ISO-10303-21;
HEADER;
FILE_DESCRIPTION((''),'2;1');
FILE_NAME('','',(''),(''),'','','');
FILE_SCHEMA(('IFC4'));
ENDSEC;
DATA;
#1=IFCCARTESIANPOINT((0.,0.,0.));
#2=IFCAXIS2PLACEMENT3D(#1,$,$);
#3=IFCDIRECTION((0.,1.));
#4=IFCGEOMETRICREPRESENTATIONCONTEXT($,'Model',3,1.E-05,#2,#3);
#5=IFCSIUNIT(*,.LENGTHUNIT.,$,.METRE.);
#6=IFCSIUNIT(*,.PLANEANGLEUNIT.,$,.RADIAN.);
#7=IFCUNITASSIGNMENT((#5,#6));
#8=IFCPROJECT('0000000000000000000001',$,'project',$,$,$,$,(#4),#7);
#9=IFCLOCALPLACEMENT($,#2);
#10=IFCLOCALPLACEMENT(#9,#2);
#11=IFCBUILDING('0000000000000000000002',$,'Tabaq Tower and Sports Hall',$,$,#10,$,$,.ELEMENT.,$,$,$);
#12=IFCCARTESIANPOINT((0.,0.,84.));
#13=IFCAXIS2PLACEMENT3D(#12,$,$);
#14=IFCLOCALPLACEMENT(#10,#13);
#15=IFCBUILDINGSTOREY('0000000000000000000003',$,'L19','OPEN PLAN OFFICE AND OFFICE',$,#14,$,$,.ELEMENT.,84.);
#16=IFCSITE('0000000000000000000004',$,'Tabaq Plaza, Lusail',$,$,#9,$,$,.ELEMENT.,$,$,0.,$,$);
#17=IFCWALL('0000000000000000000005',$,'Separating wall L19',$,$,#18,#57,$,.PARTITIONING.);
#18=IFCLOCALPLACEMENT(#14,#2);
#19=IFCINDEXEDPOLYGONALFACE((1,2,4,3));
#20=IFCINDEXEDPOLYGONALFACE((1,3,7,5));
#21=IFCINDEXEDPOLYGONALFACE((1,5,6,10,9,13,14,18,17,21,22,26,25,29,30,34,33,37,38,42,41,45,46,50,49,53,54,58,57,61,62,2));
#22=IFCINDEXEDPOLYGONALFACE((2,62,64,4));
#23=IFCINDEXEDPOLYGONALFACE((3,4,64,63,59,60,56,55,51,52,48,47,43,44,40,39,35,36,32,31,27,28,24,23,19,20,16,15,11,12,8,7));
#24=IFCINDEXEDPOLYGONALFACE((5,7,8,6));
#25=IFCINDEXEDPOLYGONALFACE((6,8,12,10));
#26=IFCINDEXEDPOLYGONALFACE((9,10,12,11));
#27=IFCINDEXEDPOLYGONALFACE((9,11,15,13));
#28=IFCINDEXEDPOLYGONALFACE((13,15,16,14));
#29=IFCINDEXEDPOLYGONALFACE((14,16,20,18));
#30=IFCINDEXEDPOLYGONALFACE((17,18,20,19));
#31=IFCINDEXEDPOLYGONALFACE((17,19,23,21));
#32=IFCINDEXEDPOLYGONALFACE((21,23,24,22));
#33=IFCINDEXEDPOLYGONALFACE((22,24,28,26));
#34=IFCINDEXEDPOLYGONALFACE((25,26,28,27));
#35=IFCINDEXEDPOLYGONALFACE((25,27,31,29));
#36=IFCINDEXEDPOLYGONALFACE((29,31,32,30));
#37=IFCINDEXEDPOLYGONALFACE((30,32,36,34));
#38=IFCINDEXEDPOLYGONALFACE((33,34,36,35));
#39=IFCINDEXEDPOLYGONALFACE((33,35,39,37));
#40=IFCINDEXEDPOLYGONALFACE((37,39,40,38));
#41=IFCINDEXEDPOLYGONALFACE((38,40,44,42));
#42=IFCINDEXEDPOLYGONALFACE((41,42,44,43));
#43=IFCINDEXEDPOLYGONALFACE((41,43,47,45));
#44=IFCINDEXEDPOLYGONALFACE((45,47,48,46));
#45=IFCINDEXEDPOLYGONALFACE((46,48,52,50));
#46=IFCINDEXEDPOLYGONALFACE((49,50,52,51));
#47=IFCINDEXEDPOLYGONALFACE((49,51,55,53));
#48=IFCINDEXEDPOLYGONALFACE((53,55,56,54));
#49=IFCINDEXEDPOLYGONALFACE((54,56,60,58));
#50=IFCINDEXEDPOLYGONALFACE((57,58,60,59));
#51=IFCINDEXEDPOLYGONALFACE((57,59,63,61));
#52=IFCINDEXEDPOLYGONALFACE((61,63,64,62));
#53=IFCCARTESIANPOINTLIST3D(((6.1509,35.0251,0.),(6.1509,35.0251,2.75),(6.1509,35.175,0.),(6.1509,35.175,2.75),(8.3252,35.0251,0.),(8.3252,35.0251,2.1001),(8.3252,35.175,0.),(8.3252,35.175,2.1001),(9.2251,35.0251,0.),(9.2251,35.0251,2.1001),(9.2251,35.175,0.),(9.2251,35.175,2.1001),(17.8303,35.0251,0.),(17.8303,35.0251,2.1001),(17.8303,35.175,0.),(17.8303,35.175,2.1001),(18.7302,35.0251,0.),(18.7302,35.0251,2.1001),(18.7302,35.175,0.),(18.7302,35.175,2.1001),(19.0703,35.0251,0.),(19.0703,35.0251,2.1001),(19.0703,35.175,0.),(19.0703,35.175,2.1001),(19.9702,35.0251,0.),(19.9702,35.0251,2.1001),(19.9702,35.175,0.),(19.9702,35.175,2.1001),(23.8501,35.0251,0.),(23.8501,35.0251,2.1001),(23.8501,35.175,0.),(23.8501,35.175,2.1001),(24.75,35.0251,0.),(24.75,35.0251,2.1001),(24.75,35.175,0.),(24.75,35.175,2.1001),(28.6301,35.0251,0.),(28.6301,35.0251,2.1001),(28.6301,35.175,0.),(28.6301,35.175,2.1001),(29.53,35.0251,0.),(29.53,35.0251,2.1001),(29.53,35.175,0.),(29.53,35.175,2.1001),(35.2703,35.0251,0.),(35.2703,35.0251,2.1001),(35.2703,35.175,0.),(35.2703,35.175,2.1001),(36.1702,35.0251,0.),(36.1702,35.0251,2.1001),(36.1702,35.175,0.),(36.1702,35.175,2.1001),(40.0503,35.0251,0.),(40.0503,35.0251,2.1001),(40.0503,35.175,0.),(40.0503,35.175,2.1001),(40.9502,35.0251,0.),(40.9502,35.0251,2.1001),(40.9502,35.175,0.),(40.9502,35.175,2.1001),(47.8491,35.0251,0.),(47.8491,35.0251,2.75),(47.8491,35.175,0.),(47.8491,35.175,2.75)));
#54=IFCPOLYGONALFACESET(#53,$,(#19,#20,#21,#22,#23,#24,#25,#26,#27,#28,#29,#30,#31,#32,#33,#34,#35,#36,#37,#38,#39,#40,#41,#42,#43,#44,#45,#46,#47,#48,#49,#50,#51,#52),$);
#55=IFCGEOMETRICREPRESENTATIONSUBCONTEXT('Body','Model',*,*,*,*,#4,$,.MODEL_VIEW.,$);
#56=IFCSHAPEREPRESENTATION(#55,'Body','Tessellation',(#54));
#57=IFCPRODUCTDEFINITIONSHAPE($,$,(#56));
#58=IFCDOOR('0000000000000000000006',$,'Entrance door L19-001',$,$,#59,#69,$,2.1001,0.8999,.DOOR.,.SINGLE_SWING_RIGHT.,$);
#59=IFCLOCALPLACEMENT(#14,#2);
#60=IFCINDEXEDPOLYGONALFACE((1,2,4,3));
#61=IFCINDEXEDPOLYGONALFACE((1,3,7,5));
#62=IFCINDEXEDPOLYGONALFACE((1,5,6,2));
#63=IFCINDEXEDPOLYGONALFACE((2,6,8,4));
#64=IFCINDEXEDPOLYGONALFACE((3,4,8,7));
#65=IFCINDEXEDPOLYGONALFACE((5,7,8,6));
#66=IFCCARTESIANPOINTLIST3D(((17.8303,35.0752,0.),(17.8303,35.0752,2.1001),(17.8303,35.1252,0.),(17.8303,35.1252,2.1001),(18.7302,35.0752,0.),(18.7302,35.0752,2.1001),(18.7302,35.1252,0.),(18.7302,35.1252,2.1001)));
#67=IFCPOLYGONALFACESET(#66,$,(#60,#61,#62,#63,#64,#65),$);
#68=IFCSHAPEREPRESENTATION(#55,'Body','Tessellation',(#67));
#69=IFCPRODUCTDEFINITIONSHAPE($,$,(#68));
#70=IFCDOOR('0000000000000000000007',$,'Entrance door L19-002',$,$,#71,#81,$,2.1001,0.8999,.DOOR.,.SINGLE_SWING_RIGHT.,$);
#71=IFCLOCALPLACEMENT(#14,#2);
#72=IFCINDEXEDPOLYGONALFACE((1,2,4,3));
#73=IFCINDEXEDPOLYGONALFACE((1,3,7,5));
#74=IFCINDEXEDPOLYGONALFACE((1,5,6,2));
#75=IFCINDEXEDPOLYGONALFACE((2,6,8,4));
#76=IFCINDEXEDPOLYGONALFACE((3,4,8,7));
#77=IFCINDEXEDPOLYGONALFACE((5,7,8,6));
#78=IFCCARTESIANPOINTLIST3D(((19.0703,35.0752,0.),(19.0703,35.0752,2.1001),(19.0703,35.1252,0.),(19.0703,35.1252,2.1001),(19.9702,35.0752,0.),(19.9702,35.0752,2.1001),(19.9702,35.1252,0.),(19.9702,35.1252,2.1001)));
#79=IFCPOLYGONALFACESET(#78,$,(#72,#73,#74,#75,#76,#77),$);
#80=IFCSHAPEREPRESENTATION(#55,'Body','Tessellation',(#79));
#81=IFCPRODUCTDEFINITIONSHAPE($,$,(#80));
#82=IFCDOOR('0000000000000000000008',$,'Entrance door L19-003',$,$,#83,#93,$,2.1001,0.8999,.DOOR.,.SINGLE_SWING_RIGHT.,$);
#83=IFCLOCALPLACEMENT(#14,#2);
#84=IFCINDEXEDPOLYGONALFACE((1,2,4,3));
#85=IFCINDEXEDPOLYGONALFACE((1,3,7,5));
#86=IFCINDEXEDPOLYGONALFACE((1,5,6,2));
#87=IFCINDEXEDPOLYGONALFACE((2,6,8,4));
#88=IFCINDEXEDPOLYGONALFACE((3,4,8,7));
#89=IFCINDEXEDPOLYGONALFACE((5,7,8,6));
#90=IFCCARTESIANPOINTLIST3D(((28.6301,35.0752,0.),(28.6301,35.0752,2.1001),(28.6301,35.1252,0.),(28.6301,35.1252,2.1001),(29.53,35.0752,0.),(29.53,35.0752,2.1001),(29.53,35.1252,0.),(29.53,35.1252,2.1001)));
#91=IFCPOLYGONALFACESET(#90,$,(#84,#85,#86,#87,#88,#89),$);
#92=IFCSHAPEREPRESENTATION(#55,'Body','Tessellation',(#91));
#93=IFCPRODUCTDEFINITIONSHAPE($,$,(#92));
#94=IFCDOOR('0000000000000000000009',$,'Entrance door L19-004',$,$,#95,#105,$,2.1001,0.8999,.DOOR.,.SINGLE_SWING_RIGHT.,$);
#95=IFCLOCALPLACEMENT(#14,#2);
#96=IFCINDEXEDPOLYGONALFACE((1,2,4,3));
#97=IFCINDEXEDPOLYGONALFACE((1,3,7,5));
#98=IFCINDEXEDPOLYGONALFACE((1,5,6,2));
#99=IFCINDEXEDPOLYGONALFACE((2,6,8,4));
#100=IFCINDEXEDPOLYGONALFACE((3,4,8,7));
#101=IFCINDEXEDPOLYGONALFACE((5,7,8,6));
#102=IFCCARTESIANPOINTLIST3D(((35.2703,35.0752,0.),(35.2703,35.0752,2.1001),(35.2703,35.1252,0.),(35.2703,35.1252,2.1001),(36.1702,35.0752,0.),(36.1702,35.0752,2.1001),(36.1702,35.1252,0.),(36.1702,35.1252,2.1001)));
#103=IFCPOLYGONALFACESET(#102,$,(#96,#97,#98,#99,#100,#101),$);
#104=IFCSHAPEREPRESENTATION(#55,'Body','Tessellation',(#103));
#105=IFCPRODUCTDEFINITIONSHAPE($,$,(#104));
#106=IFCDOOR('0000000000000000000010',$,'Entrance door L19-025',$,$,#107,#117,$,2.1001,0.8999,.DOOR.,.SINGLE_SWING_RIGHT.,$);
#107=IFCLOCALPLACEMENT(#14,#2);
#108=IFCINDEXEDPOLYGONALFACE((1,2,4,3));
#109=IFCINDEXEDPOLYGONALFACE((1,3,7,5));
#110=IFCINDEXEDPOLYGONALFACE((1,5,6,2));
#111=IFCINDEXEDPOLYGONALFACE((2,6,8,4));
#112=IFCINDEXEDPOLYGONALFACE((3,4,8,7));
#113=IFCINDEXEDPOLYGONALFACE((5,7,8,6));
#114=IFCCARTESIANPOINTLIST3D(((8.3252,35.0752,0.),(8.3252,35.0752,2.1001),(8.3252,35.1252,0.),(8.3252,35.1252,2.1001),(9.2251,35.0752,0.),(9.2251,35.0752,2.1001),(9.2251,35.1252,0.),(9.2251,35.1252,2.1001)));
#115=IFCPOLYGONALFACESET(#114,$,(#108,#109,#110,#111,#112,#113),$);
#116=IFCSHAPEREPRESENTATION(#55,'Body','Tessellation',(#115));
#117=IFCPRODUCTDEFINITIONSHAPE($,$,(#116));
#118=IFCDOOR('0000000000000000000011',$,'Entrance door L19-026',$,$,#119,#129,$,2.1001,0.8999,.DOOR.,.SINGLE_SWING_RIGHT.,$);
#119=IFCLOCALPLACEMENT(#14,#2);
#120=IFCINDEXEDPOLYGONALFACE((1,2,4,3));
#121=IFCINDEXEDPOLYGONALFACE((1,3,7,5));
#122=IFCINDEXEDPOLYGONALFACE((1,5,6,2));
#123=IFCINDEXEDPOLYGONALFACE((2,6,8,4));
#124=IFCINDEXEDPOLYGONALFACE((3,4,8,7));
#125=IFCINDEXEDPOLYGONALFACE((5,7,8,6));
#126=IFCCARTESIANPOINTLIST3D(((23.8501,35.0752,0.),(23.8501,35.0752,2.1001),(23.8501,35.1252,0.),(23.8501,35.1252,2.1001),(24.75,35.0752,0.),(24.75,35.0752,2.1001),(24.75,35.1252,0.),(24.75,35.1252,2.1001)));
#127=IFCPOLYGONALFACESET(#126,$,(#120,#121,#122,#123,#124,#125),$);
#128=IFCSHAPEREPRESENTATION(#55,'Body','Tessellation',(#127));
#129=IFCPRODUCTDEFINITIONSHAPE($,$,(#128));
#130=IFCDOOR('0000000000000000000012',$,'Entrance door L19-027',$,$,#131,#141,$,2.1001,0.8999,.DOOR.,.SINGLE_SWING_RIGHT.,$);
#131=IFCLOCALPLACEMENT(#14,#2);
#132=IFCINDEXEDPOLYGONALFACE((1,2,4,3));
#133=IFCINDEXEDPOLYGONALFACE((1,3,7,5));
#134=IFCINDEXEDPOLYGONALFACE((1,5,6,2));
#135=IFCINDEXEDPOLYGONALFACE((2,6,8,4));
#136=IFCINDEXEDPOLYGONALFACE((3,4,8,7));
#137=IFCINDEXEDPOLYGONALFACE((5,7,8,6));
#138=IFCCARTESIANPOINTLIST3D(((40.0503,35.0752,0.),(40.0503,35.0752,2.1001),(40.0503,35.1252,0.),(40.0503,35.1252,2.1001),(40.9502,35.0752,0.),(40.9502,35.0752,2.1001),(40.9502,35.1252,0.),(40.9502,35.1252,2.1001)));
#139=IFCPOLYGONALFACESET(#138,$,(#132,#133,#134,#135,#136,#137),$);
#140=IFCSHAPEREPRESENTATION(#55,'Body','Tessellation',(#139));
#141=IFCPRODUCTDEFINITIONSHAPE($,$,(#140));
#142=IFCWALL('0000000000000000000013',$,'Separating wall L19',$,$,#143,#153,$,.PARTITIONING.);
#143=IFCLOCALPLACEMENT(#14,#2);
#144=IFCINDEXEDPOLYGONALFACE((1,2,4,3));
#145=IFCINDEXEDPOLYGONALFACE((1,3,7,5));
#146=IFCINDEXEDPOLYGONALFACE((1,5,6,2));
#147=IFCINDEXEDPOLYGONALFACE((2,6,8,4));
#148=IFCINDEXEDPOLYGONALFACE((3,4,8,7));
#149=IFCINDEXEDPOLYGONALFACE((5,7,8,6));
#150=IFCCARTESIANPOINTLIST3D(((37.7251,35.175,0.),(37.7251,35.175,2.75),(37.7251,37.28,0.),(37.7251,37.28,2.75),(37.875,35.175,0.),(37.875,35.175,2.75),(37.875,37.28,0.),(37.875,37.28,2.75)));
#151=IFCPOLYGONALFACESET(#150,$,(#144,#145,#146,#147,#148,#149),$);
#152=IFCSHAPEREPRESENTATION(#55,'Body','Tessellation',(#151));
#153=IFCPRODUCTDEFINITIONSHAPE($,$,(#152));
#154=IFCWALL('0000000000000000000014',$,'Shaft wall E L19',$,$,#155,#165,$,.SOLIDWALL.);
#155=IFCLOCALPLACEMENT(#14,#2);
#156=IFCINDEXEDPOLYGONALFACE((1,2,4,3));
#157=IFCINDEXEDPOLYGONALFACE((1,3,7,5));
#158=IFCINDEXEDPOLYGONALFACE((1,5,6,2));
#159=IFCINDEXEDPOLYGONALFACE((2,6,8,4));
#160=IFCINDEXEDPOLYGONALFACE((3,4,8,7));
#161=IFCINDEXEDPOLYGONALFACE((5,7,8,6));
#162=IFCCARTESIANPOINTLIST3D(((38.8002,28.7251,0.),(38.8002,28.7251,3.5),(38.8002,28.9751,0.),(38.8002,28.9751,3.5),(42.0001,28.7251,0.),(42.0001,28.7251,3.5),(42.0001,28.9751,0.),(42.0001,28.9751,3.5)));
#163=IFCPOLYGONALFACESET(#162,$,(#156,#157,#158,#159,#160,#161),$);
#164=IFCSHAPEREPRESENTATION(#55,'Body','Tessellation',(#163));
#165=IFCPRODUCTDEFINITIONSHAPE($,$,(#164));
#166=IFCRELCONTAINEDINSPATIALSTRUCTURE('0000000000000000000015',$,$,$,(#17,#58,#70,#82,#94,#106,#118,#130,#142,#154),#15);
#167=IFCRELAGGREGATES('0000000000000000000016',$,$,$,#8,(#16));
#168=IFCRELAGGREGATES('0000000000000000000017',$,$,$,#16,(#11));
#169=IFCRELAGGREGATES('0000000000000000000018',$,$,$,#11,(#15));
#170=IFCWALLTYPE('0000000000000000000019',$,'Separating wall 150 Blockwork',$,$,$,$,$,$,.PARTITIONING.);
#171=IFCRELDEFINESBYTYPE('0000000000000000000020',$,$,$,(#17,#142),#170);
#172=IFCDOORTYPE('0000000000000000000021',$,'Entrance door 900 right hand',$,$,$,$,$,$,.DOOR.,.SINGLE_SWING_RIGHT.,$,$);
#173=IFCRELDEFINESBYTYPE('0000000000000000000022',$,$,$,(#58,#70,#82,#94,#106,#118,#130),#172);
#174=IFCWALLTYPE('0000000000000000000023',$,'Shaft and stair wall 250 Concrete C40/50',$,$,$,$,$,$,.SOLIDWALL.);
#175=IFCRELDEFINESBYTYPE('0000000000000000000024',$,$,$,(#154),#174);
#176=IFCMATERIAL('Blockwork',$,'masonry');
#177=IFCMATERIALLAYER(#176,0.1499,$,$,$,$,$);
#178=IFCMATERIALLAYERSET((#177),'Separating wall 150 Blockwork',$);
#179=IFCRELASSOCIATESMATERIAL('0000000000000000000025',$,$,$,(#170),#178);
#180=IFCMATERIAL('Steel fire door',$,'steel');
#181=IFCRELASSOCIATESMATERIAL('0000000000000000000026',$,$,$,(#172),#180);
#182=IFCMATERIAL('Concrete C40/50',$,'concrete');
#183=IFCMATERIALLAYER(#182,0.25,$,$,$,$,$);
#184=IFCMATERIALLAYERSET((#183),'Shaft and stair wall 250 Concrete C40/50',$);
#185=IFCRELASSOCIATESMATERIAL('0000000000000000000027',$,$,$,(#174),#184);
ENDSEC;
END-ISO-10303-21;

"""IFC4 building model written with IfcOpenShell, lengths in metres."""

from ifc_helpers import new_model, si_unit, direction, frame, frame_2d, origin, place, context, subcontext, project, spatial, rectangle, extrude, material, layer, layer_set, type_object, element, fill, save


model = new_model("IFC4")

# Units and contexts
model_context = context("Model", 3, precision=1e-05, world=origin(), true_north=direction((0.0, 1.0)))
body_context = subcontext(model_context, "Body", "Model", "MODEL_VIEW")
ifc_project = project(units=[si_unit("LENGTHUNIT", "METRE"), si_unit("PLANEANGLEUNIT", "RADIAN")], contexts=[model_context])

# Site, building, storey
site_placement = place(None, origin())
site = spatial("IfcSite", under=ifc_project, at=site_placement, Name="Tabaq Plaza, Lusail", CompositionType="ELEMENT", RefElevation=0.0)
building_placement = place(site_placement, origin())
building = spatial("IfcBuilding", under=site, at=building_placement, Name="Tabaq Tower and Sports Hall", CompositionType="ELEMENT")
storey_placement = place(building_placement, frame((0.0, 0.0, 84.0)))
storey = spatial("IfcBuildingStorey", under=building, at=storey_placement, Name="L19", Description="OPEN PLAN OFFICE AND OFFICE", CompositionType="ELEMENT", Elevation=84.0)

# Wall, openings, doors
ifc_material_1 = material(Name="Blockwork", Category="masonry")
ifc_layer_1 = layer(ifc_material_1, 0.1499)
ifc_layer_set_1 = layer_set([ifc_layer_1], Name="Separating wall 150 Blockwork")
wall_type_1 = type_object("IfcWallType", Name="Separating wall 150 Blockwork", PredefinedType="PARTITIONING", material=ifc_layer_set_1)
wall_1_placement = place(storey_placement, frame((47.8491, 35.1001, 0.0), z_axis=(0.0, 0.0, 1.0), x_axis=(-1.0, 0.0, 0.0)))
wall_1 = element("IfcWall", 1, at=wall_1_placement, inside=storey, type_object=wall_type_1, Name="Separating wall L19", PredefinedType="PARTITIONING", context=body_context, shape_type="SweptSolid", body=[
    extrude(rectangle(XDim=41.6982, YDim=0.1499, at=frame_2d((20.8491, 0.0))), origin(), (0.0, 0.0, 1.0), 2.75),
])
opening_1_placement = place(wall_1_placement, frame((29.1189, 0.0, 0.0)))
opening_1 = element("IfcOpeningElement", 2, at=opening_1_placement, cuts=wall_1, PredefinedType="OPENING", context=body_context, shape_type="SweptSolid", body=[
    extrude(rectangle(XDim=0.8999, YDim=2.1001, at=frame_2d((0.45, 1.05))), frame((0.0, 0.075, 0.0), z_axis=(0.0, -1.0, 0.0), x_axis=(1.0, 0.0, 0.0)), (0.0, 0.0, 1.0), 0.1499),
])
opening_2_placement = place(wall_1_placement, frame((27.8789, 0.0, 0.0)))
opening_2 = element("IfcOpeningElement", 3, at=opening_2_placement, cuts=wall_1, PredefinedType="OPENING", context=body_context, shape_type="SweptSolid", body=[
    extrude(rectangle(XDim=0.8999, YDim=2.1001, at=frame_2d((0.45, 1.05))), frame((0.0, 0.075, 0.0), z_axis=(0.0, -1.0, 0.0), x_axis=(1.0, 0.0, 0.0)), (0.0, 0.0, 1.0), 0.1499),
])
opening_3_placement = place(wall_1_placement, frame((18.3191, 0.0, 0.0)))
opening_3 = element("IfcOpeningElement", 4, at=opening_3_placement, cuts=wall_1, PredefinedType="OPENING", context=body_context, shape_type="SweptSolid", body=[
    extrude(rectangle(XDim=0.8999, YDim=2.1001, at=frame_2d((0.45, 1.05))), frame((0.0, 0.075, 0.0), z_axis=(0.0, -1.0, 0.0), x_axis=(1.0, 0.0, 0.0)), (0.0, 0.0, 1.0), 0.1499),
])
opening_4_placement = place(wall_1_placement, frame((11.679, 0.0, 0.0)))
opening_4 = element("IfcOpeningElement", 5, at=opening_4_placement, cuts=wall_1, PredefinedType="OPENING", context=body_context, shape_type="SweptSolid", body=[
    extrude(rectangle(XDim=0.8999, YDim=2.1001, at=frame_2d((0.45, 1.05))), frame((0.0, 0.075, 0.0), z_axis=(0.0, -1.0, 0.0), x_axis=(1.0, 0.0, 0.0)), (0.0, 0.0, 1.0), 0.1499),
])
opening_5_placement = place(wall_1_placement, frame((38.624, 0.0, 0.0)))
opening_5 = element("IfcOpeningElement", 6, at=opening_5_placement, cuts=wall_1, PredefinedType="OPENING", context=body_context, shape_type="SweptSolid", body=[
    extrude(rectangle(XDim=0.8999, YDim=2.1001, at=frame_2d((0.45, 1.05))), frame((0.0, 0.075, 0.0), z_axis=(0.0, -1.0, 0.0), x_axis=(1.0, 0.0, 0.0)), (0.0, 0.0, 1.0), 0.1499),
])
opening_6_placement = place(wall_1_placement, frame((23.0991, 0.0, 0.0)))
opening_6 = element("IfcOpeningElement", 7, at=opening_6_placement, cuts=wall_1, PredefinedType="OPENING", context=body_context, shape_type="SweptSolid", body=[
    extrude(rectangle(XDim=0.8999, YDim=2.1001, at=frame_2d((0.45, 1.05))), frame((0.0, 0.075, 0.0), z_axis=(0.0, -1.0, 0.0), x_axis=(1.0, 0.0, 0.0)), (0.0, 0.0, 1.0), 0.1499),
])
opening_7_placement = place(wall_1_placement, frame((6.8989, 0.0, 0.0)))
opening_7 = element("IfcOpeningElement", 8, at=opening_7_placement, cuts=wall_1, PredefinedType="OPENING", context=body_context, shape_type="SweptSolid", body=[
    extrude(rectangle(XDim=0.8999, YDim=2.1001, at=frame_2d((0.45, 1.05))), frame((0.0, 0.075, 0.0), z_axis=(0.0, -1.0, 0.0), x_axis=(1.0, 0.0, 0.0)), (0.0, 0.0, 1.0), 0.1499),
])
ifc_material_2 = material(Name="Steel fire door", Category="steel")
door_type_1 = type_object("IfcDoorType", Name="Entrance door 900 right hand", OperationType="SINGLE_SWING_RIGHT", PredefinedType="DOOR", material=ifc_material_2)
door_1_placement = place(opening_1_placement, origin())
door_1 = element("IfcDoor", 9, at=door_1_placement, inside=storey, type_object=door_type_1, Name="Entrance door L19-001", OperationType="SINGLE_SWING_RIGHT", OverallHeight=2.1001, OverallWidth=0.8999, PredefinedType="DOOR", context=body_context, shape_type="SweptSolid", body=[
    extrude(rectangle(XDim=0.8999, YDim=2.1001, at=frame_2d((0.45, 1.05))), frame((0.0, 0.0249, 0.0), z_axis=(0.0, -1.0, 0.0), x_axis=(1.0, 0.0, 0.0)), (0.0, 0.0, 1.0), 0.05),
])
fill(opening_1, door_1)
door_2_placement = place(opening_2_placement, origin())
door_2 = element("IfcDoor", 10, at=door_2_placement, inside=storey, type_object=door_type_1, Name="Entrance door L19-002", OperationType="SINGLE_SWING_RIGHT", OverallHeight=2.1001, OverallWidth=0.8999, PredefinedType="DOOR", context=body_context, shape_type="SweptSolid", body=[
    extrude(rectangle(XDim=0.8999, YDim=2.1001, at=frame_2d((0.45, 1.05))), frame((0.0, 0.0249, 0.0), z_axis=(0.0, -1.0, 0.0), x_axis=(1.0, 0.0, 0.0)), (0.0, 0.0, 1.0), 0.05),
])
fill(opening_2, door_2)
door_3_placement = place(opening_3_placement, origin())
door_3 = element("IfcDoor", 11, at=door_3_placement, inside=storey, type_object=door_type_1, Name="Entrance door L19-003", OperationType="SINGLE_SWING_RIGHT", OverallHeight=2.1001, OverallWidth=0.8999, PredefinedType="DOOR", context=body_context, shape_type="SweptSolid", body=[
    extrude(rectangle(XDim=0.8999, YDim=2.1001, at=frame_2d((0.45, 1.05))), frame((0.0, 0.0249, 0.0), z_axis=(0.0, -1.0, 0.0), x_axis=(1.0, 0.0, 0.0)), (0.0, 0.0, 1.0), 0.05),
])
fill(opening_3, door_3)
door_4_placement = place(opening_4_placement, origin())
door_4 = element("IfcDoor", 12, at=door_4_placement, inside=storey, type_object=door_type_1, Name="Entrance door L19-004", OperationType="SINGLE_SWING_RIGHT", OverallHeight=2.1001, OverallWidth=0.8999, PredefinedType="DOOR", context=body_context, shape_type="SweptSolid", body=[
    extrude(rectangle(XDim=0.8999, YDim=2.1001, at=frame_2d((0.45, 1.05))), frame((0.0, 0.0249, 0.0), z_axis=(0.0, -1.0, 0.0), x_axis=(1.0, 0.0, 0.0)), (0.0, 0.0, 1.0), 0.05),
])
fill(opening_4, door_4)
door_5_placement = place(opening_5_placement, origin())
door_5 = element("IfcDoor", 13, at=door_5_placement, inside=storey, type_object=door_type_1, Name="Entrance door L19-025", OperationType="SINGLE_SWING_RIGHT", OverallHeight=2.1001, OverallWidth=0.8999, PredefinedType="DOOR", context=body_context, shape_type="SweptSolid", body=[
    extrude(rectangle(XDim=0.8999, YDim=2.1001, at=frame_2d((0.45, 1.05))), frame((0.0, 0.0249, 0.0), z_axis=(0.0, -1.0, 0.0), x_axis=(1.0, 0.0, 0.0)), (0.0, 0.0, 1.0), 0.05),
])
fill(opening_5, door_5)
door_6_placement = place(opening_6_placement, origin())
door_6 = element("IfcDoor", 14, at=door_6_placement, inside=storey, type_object=door_type_1, Name="Entrance door L19-026", OperationType="SINGLE_SWING_RIGHT", OverallHeight=2.1001, OverallWidth=0.8999, PredefinedType="DOOR", context=body_context, shape_type="SweptSolid", body=[
    extrude(rectangle(XDim=0.8999, YDim=2.1001, at=frame_2d((0.45, 1.05))), frame((0.0, 0.0249, 0.0), z_axis=(0.0, -1.0, 0.0), x_axis=(1.0, 0.0, 0.0)), (0.0, 0.0, 1.0), 0.05),
])
fill(opening_6, door_6)
door_7_placement = place(opening_7_placement, origin())
door_7 = element("IfcDoor", 15, at=door_7_placement, inside=storey, type_object=door_type_1, Name="Entrance door L19-027", OperationType="SINGLE_SWING_RIGHT", OverallHeight=2.1001, OverallWidth=0.8999, PredefinedType="DOOR", context=body_context, shape_type="SweptSolid", body=[
    extrude(rectangle(XDim=0.8999, YDim=2.1001, at=frame_2d((0.45, 1.05))), frame((0.0, 0.0249, 0.0), z_axis=(0.0, -1.0, 0.0), x_axis=(1.0, 0.0, 0.0)), (0.0, 0.0, 1.0), 0.05),
])
fill(opening_7, door_7)

# Walls
wall_2_placement = place(storey_placement, frame((37.8, 35.175, 0.0), z_axis=(0.0, 0.0, 1.0), x_axis=(0.0, 1.0, 0.0)))
element("IfcWall", 16, at=wall_2_placement, inside=storey, type_object=wall_type_1, Name="Separating wall L19", PredefinedType="PARTITIONING", context=body_context, shape_type="SweptSolid", body=[
    extrude(rectangle(XDim=2.105, YDim=0.1499, at=frame_2d((1.0525, 0.0))), origin(), (0.0, 0.0, 1.0), 2.75),
])
ifc_material_3 = material(Name="Concrete C40/50", Category="concrete")
ifc_layer_2 = layer(ifc_material_3, 0.25)
ifc_layer_set_2 = layer_set([ifc_layer_2], Name="Shaft and stair wall 250 Concrete C40/50")
wall_type_2 = type_object("IfcWallType", Name="Shaft and stair wall 250 Concrete C40/50", PredefinedType="SOLIDWALL", material=ifc_layer_set_2)
wall_3_placement = place(storey_placement, frame((38.8, 28.8501, 0.0), z_axis=(0.0, 0.0, 1.0), x_axis=(1.0, 0.0, 0.0)))
element("IfcWall", 17, at=wall_3_placement, inside=storey, type_object=wall_type_2, Name="Shaft wall E L19", PredefinedType="SOLIDWALL", context=body_context, shape_type="SweptSolid", body=[
    extrude(rectangle(XDim=3.2, YDim=0.25, at=frame_2d((1.6001, 0.0))), origin(), (0.0, 0.0, 1.0), 3.5),
])

save(model, "model.ifc")
